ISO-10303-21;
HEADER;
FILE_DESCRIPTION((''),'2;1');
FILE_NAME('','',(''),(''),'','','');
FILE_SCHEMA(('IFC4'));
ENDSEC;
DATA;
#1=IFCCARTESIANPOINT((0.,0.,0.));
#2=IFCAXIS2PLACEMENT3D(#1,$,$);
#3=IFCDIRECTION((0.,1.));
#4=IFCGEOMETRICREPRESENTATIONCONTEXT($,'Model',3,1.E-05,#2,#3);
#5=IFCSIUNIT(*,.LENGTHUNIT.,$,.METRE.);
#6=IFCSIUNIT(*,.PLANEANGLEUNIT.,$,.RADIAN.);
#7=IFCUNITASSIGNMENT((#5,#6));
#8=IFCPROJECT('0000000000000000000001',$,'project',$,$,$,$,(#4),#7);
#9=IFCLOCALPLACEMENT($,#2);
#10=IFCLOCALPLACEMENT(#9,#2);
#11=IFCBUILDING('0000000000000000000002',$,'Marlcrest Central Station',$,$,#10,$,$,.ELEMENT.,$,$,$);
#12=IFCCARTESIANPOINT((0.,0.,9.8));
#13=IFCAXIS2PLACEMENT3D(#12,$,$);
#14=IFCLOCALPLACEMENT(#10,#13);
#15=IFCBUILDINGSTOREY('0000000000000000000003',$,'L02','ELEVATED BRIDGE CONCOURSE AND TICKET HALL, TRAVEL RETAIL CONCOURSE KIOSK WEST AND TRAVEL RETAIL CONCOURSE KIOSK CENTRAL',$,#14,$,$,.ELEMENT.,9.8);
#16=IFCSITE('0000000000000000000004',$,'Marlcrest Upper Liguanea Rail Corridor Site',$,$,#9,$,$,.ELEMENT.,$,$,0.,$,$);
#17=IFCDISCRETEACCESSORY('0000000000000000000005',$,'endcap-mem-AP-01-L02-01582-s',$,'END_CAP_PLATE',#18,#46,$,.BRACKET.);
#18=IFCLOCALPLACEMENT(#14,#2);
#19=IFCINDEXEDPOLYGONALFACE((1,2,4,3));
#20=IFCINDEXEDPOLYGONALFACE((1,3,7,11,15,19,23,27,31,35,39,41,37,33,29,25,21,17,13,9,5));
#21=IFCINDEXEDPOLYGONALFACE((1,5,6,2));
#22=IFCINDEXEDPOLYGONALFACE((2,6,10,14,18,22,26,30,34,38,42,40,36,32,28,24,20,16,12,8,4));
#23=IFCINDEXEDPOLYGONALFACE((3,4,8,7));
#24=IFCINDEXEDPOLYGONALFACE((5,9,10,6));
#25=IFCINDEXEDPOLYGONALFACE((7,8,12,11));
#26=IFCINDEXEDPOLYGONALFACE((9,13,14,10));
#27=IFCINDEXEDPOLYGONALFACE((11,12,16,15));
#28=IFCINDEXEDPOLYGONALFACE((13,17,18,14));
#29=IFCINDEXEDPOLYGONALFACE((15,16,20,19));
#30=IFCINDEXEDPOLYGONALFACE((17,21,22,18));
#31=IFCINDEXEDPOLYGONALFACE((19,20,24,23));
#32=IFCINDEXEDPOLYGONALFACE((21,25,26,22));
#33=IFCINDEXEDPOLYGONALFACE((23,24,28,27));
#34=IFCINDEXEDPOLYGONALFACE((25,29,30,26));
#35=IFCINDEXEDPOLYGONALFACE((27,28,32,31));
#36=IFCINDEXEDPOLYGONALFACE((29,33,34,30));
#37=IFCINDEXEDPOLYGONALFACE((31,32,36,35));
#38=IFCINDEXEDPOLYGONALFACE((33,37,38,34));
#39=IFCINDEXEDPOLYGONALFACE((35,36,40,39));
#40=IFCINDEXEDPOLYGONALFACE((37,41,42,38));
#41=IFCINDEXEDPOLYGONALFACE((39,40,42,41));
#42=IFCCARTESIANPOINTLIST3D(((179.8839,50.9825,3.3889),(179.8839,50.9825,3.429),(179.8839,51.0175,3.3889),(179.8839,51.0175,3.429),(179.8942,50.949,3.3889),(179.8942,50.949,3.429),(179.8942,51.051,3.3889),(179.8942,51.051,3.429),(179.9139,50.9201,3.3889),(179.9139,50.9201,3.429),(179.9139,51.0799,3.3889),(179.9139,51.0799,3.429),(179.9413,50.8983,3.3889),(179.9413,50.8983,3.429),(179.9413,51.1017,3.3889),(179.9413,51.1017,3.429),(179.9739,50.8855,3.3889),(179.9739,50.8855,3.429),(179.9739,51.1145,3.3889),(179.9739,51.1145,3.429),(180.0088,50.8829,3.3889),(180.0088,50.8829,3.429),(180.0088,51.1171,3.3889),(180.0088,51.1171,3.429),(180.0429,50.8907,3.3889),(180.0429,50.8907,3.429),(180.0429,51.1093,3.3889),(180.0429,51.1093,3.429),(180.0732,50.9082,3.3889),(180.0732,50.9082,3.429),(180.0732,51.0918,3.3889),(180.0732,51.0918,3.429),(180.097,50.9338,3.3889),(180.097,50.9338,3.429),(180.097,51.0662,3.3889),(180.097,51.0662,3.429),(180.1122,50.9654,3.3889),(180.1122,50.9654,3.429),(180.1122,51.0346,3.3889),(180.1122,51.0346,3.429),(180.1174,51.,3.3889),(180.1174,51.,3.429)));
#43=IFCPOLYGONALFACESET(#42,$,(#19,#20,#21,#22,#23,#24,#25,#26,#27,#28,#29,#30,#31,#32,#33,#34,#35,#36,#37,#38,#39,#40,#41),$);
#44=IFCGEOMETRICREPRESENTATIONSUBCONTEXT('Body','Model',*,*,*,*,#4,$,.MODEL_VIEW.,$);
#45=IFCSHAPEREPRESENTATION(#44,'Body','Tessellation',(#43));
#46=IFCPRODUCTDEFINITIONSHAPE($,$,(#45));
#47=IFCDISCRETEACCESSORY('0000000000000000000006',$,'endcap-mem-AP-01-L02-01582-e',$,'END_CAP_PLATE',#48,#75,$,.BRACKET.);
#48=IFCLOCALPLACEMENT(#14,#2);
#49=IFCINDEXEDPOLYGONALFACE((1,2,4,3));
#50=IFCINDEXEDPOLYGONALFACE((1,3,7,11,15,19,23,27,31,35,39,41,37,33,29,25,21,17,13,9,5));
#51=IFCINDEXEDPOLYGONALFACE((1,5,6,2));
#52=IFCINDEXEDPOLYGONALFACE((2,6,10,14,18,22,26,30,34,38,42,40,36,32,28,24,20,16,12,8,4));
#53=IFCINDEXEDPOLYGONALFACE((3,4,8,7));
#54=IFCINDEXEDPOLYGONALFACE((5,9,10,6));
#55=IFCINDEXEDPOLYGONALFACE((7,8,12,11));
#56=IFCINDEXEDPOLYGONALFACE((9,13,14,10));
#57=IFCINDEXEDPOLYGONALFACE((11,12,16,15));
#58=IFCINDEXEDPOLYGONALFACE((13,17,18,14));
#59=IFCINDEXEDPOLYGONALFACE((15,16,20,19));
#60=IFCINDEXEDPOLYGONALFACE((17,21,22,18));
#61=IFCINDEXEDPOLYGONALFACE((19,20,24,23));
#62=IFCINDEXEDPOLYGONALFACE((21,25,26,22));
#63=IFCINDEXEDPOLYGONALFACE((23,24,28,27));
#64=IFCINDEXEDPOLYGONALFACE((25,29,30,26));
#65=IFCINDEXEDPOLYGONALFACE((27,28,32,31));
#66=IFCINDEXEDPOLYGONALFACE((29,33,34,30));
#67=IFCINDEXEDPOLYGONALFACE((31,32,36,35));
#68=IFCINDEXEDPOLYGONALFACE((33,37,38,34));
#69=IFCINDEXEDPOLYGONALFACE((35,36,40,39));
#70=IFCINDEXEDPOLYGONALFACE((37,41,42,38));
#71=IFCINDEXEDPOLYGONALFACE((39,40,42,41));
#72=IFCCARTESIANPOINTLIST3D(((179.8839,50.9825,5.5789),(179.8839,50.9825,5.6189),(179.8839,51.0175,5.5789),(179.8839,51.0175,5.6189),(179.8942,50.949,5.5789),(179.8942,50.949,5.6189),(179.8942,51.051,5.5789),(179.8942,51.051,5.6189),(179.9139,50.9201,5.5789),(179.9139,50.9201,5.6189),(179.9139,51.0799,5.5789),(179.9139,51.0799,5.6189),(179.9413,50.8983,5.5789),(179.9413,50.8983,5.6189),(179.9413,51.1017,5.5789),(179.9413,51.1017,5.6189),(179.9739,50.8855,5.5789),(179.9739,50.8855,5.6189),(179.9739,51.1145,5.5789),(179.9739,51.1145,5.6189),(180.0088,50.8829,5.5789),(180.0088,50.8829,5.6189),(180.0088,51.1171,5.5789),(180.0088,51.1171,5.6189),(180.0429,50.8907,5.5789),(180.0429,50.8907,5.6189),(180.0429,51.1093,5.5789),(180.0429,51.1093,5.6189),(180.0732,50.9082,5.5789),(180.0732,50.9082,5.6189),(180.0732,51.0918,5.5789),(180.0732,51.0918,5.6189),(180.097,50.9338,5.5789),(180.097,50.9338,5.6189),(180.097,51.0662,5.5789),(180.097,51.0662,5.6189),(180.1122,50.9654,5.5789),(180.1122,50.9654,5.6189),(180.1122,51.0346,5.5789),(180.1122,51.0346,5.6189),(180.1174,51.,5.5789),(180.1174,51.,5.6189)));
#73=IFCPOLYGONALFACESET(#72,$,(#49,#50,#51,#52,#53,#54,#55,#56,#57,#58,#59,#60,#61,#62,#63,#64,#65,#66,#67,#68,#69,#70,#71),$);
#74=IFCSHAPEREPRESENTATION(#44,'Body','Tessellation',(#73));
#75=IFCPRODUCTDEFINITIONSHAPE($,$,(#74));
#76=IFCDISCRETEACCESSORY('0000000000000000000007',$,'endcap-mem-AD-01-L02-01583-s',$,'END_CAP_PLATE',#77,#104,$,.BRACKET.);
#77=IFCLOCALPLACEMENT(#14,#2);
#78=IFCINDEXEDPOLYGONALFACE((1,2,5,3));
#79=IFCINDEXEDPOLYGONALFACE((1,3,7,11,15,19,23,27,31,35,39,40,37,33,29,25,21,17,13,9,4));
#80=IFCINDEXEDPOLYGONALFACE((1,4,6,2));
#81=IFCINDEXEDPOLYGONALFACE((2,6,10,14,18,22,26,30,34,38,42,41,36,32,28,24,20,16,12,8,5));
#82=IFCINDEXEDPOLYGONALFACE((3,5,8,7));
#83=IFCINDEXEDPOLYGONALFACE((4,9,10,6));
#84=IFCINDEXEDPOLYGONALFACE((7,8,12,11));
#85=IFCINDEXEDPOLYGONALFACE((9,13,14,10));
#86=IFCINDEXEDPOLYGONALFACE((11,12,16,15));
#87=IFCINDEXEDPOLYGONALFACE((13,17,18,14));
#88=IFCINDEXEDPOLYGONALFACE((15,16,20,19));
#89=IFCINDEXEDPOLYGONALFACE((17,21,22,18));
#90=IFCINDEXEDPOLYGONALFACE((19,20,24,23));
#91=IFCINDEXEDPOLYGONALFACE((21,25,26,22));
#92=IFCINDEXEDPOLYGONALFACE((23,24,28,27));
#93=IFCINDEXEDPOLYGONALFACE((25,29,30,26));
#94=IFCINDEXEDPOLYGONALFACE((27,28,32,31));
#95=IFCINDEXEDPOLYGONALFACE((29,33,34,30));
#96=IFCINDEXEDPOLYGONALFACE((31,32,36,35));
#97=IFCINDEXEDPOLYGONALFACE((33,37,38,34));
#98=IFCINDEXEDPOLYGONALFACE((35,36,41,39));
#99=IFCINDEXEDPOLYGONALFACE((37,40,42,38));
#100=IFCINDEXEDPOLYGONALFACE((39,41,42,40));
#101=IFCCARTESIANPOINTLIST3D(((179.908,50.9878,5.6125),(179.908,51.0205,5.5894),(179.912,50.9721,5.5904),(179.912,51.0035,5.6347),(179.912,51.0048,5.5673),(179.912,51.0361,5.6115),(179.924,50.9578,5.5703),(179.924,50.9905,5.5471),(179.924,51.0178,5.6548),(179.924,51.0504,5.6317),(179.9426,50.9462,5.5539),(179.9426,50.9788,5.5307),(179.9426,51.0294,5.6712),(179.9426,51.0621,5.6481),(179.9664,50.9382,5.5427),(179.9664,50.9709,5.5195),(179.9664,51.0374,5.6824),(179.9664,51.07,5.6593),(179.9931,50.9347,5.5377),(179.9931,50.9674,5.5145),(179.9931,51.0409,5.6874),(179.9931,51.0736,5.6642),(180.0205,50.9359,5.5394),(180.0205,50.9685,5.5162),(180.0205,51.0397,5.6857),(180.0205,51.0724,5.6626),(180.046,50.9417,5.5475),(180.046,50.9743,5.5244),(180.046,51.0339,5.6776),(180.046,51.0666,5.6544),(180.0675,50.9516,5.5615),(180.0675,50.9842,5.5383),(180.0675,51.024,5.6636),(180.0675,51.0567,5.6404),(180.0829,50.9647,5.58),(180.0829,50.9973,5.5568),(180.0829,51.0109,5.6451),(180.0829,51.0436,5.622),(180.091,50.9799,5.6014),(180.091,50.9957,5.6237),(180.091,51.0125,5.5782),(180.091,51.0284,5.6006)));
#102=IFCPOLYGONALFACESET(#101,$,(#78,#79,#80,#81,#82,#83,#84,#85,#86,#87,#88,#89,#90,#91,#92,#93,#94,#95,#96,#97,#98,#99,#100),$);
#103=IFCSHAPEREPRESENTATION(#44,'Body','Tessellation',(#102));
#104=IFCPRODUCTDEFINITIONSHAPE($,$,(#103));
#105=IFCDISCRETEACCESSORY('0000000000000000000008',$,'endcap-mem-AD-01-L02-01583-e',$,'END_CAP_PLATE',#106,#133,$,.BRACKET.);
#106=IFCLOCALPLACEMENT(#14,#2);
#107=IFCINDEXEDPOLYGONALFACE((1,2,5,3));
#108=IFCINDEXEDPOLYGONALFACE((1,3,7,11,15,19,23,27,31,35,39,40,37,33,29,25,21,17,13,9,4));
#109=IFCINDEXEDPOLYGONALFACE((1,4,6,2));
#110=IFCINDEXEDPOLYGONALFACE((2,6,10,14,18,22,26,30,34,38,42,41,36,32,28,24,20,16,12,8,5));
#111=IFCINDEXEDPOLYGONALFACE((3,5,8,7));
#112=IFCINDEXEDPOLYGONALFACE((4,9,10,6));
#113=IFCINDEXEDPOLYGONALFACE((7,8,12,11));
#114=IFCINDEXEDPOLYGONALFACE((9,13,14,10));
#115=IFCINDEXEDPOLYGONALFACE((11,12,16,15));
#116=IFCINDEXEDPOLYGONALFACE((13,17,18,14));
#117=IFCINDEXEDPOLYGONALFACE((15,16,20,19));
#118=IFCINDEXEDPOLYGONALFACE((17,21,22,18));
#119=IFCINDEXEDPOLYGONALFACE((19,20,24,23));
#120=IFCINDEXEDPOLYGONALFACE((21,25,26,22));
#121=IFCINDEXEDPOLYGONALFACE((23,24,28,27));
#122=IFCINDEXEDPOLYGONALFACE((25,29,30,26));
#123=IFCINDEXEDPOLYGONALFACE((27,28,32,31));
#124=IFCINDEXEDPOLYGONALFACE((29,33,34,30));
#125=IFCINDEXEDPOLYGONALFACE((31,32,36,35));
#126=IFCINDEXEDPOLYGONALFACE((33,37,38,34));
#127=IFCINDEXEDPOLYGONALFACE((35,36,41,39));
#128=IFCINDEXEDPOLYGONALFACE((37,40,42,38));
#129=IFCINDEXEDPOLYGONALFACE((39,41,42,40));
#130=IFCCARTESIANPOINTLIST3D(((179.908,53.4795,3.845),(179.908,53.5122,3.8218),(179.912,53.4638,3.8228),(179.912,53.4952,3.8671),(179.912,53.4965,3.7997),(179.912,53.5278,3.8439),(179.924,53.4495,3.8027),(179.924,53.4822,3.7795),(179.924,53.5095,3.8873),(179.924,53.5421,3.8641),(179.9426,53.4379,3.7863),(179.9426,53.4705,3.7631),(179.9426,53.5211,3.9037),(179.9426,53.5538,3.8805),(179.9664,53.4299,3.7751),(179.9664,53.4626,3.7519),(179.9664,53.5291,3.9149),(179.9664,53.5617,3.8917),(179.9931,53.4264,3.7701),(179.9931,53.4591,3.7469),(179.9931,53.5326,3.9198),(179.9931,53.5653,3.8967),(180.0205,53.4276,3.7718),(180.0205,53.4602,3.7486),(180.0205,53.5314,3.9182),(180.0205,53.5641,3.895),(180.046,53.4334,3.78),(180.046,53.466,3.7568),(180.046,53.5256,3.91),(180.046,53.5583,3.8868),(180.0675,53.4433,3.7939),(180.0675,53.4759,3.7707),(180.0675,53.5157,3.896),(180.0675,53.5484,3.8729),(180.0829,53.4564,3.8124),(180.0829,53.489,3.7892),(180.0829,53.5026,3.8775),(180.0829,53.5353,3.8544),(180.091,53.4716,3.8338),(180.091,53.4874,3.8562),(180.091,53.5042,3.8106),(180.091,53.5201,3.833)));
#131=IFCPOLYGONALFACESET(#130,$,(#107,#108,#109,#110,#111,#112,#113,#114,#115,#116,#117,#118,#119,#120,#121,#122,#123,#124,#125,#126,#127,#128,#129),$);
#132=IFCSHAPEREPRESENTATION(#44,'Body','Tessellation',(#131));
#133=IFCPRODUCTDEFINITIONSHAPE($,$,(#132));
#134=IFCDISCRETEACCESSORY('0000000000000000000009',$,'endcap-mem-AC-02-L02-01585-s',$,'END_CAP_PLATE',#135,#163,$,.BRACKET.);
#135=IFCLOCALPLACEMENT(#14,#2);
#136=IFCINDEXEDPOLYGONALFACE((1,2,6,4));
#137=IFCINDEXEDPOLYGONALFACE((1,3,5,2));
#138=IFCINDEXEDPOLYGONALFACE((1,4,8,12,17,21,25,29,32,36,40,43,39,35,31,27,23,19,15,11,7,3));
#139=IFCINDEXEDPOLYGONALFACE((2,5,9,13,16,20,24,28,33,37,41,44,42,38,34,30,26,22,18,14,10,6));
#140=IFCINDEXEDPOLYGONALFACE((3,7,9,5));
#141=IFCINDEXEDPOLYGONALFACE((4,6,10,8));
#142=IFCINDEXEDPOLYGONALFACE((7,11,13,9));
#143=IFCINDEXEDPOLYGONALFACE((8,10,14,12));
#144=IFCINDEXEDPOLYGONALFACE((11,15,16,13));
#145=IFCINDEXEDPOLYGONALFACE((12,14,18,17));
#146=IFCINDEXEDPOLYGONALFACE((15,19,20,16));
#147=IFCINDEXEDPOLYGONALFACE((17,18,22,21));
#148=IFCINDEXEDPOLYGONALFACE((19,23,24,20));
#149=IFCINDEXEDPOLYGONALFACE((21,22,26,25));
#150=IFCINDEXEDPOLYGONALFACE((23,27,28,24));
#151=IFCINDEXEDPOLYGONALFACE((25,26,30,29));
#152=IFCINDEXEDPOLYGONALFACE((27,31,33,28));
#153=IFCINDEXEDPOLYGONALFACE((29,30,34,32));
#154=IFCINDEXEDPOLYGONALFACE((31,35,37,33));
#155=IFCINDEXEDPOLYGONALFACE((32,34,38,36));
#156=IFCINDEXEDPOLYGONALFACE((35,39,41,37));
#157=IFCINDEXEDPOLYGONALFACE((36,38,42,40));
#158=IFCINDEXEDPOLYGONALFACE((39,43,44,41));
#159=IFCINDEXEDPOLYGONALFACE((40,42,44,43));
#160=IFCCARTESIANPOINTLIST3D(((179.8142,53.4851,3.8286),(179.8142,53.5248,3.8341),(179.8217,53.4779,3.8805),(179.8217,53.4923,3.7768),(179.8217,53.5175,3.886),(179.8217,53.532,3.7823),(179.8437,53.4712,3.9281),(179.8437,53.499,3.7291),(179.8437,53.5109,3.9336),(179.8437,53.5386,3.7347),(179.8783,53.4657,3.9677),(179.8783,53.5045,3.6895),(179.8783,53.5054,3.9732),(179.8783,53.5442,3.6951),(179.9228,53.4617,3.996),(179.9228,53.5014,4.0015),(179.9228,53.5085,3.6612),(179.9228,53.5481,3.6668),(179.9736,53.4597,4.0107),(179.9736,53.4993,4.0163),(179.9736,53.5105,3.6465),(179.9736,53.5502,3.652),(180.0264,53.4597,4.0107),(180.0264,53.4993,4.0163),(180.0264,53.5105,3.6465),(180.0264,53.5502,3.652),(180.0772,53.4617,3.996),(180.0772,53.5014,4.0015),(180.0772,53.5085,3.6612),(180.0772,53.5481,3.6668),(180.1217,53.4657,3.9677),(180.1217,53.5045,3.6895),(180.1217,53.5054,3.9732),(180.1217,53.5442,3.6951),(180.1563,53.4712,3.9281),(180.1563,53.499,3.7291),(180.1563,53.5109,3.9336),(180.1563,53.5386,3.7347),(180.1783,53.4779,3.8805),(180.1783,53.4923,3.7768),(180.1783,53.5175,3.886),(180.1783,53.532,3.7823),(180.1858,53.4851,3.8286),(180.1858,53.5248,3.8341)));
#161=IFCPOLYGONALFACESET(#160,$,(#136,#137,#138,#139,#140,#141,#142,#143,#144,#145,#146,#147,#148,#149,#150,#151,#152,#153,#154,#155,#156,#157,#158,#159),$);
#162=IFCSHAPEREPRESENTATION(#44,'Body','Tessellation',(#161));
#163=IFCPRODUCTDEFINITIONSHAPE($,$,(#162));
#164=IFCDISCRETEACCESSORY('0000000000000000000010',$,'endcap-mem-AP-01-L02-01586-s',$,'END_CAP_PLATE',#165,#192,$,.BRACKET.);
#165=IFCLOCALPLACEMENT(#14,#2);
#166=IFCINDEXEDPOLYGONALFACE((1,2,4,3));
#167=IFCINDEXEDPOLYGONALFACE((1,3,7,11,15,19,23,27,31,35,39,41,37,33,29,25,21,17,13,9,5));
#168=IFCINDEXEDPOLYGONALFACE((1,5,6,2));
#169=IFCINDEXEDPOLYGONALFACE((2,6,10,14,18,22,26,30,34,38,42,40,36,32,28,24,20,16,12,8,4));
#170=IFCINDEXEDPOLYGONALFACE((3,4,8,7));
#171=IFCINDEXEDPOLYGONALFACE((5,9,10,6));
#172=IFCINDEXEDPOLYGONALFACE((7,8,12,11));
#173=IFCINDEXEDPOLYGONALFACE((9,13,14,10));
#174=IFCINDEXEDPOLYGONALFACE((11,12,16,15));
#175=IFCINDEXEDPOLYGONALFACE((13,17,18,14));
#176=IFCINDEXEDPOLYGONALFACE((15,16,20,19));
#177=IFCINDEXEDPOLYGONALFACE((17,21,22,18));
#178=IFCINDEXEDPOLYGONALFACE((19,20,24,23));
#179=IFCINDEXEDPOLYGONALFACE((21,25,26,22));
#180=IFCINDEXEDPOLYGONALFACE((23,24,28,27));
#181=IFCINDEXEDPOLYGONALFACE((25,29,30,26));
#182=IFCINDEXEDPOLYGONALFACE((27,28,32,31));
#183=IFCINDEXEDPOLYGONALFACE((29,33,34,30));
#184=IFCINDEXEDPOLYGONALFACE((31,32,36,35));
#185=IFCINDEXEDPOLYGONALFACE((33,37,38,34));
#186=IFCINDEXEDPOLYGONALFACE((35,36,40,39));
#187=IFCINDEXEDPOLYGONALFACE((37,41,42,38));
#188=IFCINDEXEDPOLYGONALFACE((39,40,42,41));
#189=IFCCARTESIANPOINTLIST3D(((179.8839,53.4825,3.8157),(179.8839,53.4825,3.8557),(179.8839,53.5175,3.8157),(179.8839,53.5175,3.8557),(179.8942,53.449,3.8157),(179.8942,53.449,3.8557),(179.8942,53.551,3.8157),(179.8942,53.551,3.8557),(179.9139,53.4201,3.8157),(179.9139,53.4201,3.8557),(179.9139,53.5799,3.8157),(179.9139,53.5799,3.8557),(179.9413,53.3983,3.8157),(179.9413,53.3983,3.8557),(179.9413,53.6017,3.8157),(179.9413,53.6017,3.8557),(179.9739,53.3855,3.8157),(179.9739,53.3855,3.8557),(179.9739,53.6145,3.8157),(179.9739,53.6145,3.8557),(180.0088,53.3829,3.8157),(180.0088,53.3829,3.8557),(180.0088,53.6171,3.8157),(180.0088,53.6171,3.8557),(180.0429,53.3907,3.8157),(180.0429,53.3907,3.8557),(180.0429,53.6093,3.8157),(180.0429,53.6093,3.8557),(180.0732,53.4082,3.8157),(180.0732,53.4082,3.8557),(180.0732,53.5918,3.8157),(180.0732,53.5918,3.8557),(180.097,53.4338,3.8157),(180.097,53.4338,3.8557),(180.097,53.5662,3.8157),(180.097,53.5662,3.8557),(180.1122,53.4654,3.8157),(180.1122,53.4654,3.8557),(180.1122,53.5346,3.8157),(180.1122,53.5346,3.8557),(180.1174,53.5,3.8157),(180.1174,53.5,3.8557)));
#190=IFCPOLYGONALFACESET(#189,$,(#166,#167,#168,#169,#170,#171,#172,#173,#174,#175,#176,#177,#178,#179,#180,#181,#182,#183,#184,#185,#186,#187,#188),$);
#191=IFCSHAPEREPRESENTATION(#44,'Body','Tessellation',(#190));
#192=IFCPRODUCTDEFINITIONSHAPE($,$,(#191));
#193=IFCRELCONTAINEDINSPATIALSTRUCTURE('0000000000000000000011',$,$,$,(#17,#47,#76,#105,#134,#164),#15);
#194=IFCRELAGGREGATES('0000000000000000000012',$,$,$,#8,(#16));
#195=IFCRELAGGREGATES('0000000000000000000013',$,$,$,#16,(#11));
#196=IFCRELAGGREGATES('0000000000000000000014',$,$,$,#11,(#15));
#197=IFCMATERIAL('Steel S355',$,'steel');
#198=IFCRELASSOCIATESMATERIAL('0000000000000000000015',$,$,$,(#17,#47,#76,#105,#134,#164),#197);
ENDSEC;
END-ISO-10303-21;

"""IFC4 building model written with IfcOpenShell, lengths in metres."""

from ifc_helpers import new_model, si_unit, direction, frame, origin, origin_2d, place, context, subcontext, project, spatial, circle, extrude, material, element, save


model = new_model("IFC4")

# Units and contexts
model_context = context("Model", 3, precision=1e-05, world=origin(), true_north=direction((0.0, 1.0)))
body_context = subcontext(model_context, "Body", "Model", "MODEL_VIEW")
ifc_project = project(units=[si_unit("LENGTHUNIT", "METRE"), si_unit("PLANEANGLEUNIT", "RADIAN")], contexts=[model_context])

# Site, building, storey
site_placement = place(None, origin())
site = spatial("IfcSite", under=ifc_project, at=site_placement, Name="Marlcrest Upper Liguanea Rail Corridor Site", CompositionType="ELEMENT", RefElevation=0.0)
building_placement = place(site_placement, origin())
building = spatial("IfcBuilding", under=site, at=building_placement, Name="Marlcrest Central Station", CompositionType="ELEMENT")
storey_placement = place(building_placement, frame((0.0, 0.0, 9.8)))
storey = spatial("IfcBuildingStorey", under=building, at=storey_placement, Name="L02", Description="ELEVATED BRIDGE CONCOURSE AND TICKET HALL, TRAVEL RETAIL CONCOURSE KIOSK WEST AND TRAVEL RETAIL CONCOURSE KIOSK CENTRAL", CompositionType="ELEMENT", Elevation=9.8)

# Shared definitions
ifc_material = material(Name="Steel S355", Category="steel")

# Discrete accessories
for number, where, z_axis, x_axis, name in (
    (1, (180.0, 51.0, 3.3889), (0.0, 0.0, 1.0), (1.0, 0.0, 0.0), "endcap-mem-AP-01-L02-01582-s"),
    (2, (180.0, 51.0, 5.5789), (0.0, 0.0, 1.0), (1.0, 0.0, 0.0), "endcap-mem-AP-01-L02-01582-e"),
):
    element("IfcDiscreteAccessory", number, at=place(storey_placement, frame(where, z_axis=z_axis, x_axis=x_axis)), inside=storey, material=ifc_material, Name=name, ObjectType="END_CAP_PLATE", PredefinedType="BRACKET", context=body_context, shape_type="SweptSolid", body=[
        extrude(circle(Radius=0.1174, at=origin_2d()), origin(), (0.0, 0.0, 1.0), 0.04),
    ])
for number, where, z_axis, x_axis, name in (
    (3, (180.0, 50.9878, 5.6125), (0.0, 0.815661, -0.57853), (-1.0, 0.0, 0.0), "endcap-mem-AD-01-L02-01583-s"),
    (4, (180.0, 53.4795, 3.845), (0.0, 0.815661, -0.57853), (-1.0, 0.0, 0.0), "endcap-mem-AD-01-L02-01583-e"),
):
    element("IfcDiscreteAccessory", number, at=place(storey_placement, frame(where, z_axis=z_axis, x_axis=x_axis)), inside=storey, material=ifc_material, Name=name, ObjectType="END_CAP_PLATE", PredefinedType="BRACKET", context=body_context, shape_type="SweptSolid", body=[
        extrude(circle(Radius=0.092, at=origin_2d()), origin(), (0.0, 0.0, 1.0), 0.04),
    ])
discrete_accessory_1_placement = place(storey_placement, frame((180.0, 53.4851, 3.8286), z_axis=(0.0, 0.990403, 0.138211), x_axis=(-1.0, 0.0, 0.0)))
element("IfcDiscreteAccessory", 5, at=discrete_accessory_1_placement, inside=storey, material=ifc_material, Name="endcap-mem-AC-02-L02-01585-s", ObjectType="END_CAP_PLATE", PredefinedType="BRACKET", context=body_context, shape_type="SweptSolid", body=[
    extrude(circle(Radius=0.1858, at=origin_2d()), origin(), (0.0, 0.0, 1.0), 0.04),
])
for number, where, z_axis, x_axis, name in (
    (6, (180.0, 53.5, 3.8157), (0.0, 0.0, 1.0), (1.0, 0.0, 0.0), "endcap-mem-AP-01-L02-01586-s"),
):
    element("IfcDiscreteAccessory", number, at=place(storey_placement, frame(where, z_axis=z_axis, x_axis=x_axis)), inside=storey, material=ifc_material, Name=name, ObjectType="END_CAP_PLATE", PredefinedType="BRACKET", context=body_context, shape_type="SweptSolid", body=[
        extrude(circle(Radius=0.1174, at=origin_2d()), origin(), (0.0, 0.0, 1.0), 0.04),
    ])

save(model, "model.ifc")
